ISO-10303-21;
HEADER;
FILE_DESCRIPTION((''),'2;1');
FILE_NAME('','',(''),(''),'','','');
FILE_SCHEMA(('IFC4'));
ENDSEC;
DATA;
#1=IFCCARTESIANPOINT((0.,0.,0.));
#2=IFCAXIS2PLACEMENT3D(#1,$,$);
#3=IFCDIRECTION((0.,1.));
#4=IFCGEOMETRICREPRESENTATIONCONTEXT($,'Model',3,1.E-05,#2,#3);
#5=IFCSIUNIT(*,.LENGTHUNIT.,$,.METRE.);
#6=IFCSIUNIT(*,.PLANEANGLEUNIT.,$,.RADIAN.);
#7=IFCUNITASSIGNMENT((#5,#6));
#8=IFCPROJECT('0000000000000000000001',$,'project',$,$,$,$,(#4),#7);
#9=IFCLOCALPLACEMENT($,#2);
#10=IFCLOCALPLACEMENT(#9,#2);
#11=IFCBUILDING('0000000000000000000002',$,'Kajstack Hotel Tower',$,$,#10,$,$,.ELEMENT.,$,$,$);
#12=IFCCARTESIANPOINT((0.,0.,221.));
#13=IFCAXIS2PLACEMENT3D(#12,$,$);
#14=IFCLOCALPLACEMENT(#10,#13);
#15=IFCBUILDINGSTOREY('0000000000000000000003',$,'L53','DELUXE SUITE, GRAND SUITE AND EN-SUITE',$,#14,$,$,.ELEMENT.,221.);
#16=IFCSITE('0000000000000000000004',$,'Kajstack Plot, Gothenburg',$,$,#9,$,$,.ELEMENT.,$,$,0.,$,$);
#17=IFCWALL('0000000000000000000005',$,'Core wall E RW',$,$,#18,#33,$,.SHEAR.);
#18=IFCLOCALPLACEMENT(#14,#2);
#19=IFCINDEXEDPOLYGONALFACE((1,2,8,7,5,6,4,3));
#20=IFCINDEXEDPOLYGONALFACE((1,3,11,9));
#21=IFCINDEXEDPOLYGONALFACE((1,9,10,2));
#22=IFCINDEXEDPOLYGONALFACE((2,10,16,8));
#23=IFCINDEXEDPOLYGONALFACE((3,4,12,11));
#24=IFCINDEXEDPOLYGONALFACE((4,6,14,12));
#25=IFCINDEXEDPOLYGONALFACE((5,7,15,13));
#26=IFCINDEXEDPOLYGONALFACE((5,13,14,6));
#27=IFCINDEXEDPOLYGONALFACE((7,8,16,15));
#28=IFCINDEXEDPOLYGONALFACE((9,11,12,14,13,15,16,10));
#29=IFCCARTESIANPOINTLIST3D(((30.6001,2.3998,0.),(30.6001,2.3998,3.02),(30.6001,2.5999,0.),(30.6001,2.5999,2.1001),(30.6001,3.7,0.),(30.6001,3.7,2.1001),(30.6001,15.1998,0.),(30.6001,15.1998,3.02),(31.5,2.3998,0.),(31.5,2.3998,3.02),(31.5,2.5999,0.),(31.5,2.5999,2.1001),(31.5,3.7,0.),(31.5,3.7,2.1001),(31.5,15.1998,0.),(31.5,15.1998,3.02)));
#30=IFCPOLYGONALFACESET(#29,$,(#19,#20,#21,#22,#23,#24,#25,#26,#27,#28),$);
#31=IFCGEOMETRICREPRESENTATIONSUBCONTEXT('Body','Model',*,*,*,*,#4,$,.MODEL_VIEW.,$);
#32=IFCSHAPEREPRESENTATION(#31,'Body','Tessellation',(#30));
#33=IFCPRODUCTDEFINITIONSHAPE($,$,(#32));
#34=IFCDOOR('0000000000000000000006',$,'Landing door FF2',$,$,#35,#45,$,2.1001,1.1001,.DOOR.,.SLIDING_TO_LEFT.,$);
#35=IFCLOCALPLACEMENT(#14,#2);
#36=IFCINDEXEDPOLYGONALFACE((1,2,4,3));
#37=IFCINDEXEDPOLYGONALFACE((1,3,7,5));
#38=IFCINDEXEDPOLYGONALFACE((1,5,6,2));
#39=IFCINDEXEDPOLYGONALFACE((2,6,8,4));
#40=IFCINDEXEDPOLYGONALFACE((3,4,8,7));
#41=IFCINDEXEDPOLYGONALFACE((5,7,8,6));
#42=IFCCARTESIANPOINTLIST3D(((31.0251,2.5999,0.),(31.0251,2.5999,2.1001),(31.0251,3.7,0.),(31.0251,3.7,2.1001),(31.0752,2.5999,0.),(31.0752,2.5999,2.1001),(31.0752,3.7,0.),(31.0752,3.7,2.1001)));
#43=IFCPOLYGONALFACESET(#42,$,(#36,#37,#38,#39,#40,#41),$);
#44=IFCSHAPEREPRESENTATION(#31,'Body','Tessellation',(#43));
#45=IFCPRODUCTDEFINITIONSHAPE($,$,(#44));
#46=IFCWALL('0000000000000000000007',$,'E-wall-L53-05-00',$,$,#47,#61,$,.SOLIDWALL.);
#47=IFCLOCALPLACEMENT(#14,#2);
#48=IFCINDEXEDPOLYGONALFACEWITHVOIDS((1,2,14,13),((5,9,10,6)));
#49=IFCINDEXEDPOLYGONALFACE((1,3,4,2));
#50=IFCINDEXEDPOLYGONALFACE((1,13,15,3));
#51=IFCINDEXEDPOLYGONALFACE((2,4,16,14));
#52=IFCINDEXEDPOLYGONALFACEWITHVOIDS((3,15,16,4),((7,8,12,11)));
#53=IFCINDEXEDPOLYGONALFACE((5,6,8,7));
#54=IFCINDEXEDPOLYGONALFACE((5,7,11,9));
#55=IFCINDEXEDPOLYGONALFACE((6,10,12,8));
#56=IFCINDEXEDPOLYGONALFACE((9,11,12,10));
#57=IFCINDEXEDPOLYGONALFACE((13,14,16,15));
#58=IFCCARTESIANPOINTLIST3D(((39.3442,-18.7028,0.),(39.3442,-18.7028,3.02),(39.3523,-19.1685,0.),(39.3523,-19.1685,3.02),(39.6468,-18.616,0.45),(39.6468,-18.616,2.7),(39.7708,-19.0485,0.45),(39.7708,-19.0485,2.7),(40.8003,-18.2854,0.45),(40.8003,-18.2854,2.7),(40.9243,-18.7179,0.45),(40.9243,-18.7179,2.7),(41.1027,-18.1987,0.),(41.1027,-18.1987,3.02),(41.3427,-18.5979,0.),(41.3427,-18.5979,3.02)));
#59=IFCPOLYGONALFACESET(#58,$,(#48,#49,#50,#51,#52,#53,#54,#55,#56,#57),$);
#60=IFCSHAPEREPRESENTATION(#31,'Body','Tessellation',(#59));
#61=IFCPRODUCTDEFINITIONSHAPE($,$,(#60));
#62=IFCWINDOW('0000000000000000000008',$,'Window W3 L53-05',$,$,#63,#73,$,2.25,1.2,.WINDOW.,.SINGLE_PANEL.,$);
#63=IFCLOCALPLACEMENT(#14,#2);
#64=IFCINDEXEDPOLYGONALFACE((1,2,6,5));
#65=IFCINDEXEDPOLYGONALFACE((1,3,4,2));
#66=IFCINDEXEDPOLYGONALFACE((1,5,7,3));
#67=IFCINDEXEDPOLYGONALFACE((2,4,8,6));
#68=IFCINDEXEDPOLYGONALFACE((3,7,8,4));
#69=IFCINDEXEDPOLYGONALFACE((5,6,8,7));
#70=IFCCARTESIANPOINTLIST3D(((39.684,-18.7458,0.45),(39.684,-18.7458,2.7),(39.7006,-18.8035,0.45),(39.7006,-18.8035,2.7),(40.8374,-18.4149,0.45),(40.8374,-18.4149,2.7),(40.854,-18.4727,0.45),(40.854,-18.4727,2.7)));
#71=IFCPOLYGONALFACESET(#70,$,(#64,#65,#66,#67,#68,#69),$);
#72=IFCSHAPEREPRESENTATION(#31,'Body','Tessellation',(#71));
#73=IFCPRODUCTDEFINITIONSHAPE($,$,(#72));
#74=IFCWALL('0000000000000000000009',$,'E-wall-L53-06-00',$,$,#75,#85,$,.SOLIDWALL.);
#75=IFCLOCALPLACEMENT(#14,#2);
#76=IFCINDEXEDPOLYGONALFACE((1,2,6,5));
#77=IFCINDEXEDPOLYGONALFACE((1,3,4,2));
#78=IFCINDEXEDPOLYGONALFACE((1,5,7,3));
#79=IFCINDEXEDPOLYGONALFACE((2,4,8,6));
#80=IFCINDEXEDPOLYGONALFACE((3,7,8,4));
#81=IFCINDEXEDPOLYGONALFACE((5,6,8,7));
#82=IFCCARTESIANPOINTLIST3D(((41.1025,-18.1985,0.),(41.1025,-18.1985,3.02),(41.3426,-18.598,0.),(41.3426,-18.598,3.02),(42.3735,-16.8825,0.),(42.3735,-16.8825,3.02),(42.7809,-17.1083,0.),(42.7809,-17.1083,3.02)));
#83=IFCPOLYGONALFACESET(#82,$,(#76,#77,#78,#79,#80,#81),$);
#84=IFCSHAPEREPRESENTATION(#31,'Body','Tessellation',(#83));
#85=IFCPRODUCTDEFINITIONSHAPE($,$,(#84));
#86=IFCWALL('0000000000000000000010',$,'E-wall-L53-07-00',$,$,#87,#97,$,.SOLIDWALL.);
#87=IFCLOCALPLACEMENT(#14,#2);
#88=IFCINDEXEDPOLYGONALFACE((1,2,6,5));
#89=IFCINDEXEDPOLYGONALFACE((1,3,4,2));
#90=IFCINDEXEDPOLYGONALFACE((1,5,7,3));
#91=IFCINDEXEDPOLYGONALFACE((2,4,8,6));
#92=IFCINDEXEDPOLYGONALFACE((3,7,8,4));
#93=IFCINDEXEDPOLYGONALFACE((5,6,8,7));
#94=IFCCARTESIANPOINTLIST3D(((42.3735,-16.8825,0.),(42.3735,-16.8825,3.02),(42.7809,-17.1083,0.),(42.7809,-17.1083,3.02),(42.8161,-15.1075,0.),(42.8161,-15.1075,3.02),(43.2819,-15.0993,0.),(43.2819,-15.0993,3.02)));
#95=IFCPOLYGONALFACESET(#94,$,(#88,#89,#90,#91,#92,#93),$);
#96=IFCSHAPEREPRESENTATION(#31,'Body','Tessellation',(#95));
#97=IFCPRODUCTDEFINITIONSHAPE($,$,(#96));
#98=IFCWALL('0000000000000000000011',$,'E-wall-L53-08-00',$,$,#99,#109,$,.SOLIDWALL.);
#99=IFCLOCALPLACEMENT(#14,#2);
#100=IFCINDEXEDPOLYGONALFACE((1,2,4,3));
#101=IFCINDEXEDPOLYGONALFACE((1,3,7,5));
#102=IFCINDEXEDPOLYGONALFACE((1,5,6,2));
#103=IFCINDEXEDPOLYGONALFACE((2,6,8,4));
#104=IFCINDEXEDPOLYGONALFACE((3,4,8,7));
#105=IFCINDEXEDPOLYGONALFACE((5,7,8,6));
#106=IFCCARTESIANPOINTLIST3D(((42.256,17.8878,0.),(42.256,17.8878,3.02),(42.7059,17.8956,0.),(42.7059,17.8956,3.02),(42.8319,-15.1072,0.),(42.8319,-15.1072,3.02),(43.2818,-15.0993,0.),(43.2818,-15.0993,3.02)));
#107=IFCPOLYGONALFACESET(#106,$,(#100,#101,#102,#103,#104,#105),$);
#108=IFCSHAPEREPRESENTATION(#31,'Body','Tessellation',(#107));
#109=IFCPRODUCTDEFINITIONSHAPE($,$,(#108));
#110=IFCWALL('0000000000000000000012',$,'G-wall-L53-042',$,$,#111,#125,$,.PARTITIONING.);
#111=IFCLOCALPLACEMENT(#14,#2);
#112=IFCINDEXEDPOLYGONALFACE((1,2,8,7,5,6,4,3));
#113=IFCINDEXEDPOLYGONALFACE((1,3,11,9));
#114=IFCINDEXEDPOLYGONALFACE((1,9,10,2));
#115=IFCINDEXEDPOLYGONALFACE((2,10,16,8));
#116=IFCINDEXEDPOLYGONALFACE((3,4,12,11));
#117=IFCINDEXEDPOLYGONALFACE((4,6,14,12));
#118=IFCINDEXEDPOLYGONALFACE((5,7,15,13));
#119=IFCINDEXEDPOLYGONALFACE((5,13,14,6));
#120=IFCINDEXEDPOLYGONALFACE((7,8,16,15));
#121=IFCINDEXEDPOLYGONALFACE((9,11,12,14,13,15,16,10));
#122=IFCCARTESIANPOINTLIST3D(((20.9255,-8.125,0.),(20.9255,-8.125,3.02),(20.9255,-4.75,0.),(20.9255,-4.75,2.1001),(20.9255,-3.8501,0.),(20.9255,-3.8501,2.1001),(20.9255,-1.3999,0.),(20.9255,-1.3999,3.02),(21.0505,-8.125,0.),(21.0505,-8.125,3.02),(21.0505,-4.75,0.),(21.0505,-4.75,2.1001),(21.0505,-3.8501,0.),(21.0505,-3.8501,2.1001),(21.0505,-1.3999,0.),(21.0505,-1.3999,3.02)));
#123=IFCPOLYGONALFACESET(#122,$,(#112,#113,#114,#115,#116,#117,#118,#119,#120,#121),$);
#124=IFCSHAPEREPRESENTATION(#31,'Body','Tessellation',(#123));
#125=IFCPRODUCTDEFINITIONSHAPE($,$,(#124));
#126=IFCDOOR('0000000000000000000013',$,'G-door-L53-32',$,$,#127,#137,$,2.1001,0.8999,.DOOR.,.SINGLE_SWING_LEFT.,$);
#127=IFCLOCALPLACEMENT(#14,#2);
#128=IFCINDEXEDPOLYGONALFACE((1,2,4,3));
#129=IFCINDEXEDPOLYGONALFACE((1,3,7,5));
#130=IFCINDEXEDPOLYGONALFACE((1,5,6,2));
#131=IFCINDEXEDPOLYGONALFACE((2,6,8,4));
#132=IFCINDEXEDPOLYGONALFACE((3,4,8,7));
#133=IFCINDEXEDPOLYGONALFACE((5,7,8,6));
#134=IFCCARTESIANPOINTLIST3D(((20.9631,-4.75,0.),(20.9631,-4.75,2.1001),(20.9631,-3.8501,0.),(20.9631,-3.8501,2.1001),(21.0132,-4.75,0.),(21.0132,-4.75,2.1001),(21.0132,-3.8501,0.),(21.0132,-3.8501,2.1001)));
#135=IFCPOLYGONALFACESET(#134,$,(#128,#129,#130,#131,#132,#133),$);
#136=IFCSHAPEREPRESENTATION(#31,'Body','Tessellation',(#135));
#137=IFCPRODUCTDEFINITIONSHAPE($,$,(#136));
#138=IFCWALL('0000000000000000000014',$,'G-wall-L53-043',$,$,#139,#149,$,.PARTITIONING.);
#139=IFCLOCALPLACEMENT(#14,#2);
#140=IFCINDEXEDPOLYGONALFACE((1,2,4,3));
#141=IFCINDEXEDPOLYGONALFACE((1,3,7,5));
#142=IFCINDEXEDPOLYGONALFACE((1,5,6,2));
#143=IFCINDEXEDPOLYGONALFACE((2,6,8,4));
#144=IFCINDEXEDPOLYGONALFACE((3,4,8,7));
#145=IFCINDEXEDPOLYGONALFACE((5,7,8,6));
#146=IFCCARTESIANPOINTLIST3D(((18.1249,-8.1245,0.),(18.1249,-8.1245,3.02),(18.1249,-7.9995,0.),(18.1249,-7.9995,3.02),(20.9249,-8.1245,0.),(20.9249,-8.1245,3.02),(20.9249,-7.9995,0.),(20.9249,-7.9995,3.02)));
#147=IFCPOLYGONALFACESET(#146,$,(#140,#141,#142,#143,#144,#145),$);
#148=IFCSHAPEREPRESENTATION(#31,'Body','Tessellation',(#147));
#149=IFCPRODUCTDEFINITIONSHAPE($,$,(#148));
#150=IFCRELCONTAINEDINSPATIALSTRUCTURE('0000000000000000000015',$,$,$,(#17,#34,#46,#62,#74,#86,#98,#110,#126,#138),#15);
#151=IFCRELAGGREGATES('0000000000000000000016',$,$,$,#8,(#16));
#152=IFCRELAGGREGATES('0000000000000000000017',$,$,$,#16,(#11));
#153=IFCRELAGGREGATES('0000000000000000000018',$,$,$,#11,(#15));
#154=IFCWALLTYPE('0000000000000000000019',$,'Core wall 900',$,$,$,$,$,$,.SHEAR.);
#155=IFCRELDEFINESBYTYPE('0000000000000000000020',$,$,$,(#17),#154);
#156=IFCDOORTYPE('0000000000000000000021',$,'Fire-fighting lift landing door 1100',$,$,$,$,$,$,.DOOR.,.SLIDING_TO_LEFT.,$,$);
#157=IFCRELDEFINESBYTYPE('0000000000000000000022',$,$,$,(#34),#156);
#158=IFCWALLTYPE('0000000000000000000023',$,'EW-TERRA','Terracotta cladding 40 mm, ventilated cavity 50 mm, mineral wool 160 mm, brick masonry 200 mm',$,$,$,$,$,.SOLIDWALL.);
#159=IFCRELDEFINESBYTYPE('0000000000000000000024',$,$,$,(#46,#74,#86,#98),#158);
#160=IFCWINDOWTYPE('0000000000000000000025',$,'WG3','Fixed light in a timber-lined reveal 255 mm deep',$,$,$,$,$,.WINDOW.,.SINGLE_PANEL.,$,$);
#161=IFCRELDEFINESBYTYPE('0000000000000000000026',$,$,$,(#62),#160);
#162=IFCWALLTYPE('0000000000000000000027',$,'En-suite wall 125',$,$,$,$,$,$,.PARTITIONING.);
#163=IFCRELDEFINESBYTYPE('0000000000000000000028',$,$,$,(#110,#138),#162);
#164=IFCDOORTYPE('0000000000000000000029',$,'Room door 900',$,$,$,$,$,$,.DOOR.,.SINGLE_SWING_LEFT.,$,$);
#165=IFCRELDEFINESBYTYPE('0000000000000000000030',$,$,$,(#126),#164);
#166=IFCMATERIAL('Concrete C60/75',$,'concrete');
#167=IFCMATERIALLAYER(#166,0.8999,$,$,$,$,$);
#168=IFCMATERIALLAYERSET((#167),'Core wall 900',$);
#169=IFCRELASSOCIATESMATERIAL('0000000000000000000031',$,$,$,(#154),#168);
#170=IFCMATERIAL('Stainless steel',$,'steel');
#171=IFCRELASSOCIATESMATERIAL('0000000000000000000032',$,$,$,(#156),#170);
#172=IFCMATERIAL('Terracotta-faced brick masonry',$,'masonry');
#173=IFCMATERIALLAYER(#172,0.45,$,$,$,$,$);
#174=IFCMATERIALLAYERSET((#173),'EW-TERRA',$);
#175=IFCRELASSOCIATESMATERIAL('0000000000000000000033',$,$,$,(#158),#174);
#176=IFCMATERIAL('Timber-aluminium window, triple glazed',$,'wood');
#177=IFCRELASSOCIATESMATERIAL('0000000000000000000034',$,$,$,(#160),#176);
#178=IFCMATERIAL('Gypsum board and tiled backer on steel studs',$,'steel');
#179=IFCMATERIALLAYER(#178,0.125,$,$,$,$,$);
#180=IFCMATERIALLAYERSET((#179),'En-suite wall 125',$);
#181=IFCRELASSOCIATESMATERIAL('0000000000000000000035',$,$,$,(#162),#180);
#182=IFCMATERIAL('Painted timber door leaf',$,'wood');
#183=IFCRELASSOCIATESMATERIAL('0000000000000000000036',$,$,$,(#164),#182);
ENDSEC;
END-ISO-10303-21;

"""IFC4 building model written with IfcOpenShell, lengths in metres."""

from ifc_helpers import new_model, si_unit, direction, frame, frame_2d, origin, place, context, subcontext, project, spatial, polyline, rectangle, outline, extrude, material, layer, layer_set, type_object, element, fill, save


model = new_model("IFC4")

# Units and contexts
model_context = context("Model", 3, precision=1e-05, world=origin(), true_north=direction((0.0, 1.0)))
body_context = subcontext(model_context, "Body", "Model", "MODEL_VIEW")
ifc_project = project(units=[si_unit("LENGTHUNIT", "METRE"), si_unit("PLANEANGLEUNIT", "RADIAN")], contexts=[model_context])

# Site, building, storey
site_placement = place(None, origin())
site = spatial("IfcSite", under=ifc_project, at=site_placement, Name="Kajstack Plot, Gothenburg", CompositionType="ELEMENT", RefElevation=0.0)
building_placement = place(site_placement, origin())
building = spatial("IfcBuilding", under=site, at=building_placement, Name="Kajstack Hotel Tower", CompositionType="ELEMENT")
storey_placement = place(building_placement, frame((0.0, 0.0, 221.0)))
storey = spatial("IfcBuildingStorey", under=building, at=storey_placement, Name="L53", Description="DELUXE SUITE, GRAND SUITE AND EN-SUITE", CompositionType="ELEMENT", Elevation=221.0)

# Wall, opening, door
ifc_material_1 = material(Name="Concrete C60/75", Category="concrete")
ifc_layer_1 = layer(ifc_material_1, 0.8999)
ifc_layer_set_1 = layer_set([ifc_layer_1], Name="Core wall 900")
wall_type_1 = type_object("IfcWallType", Name="Core wall 900", PredefinedType="SHEAR", material=ifc_layer_set_1)
wall_1_placement = place(storey_placement, frame((31.05, 2.3999, 0.0), z_axis=(0.0, 0.0, 1.0), x_axis=(0.0, 1.0, 0.0)))
wall_1 = element("IfcWall", 1, at=wall_1_placement, inside=storey, type_object=wall_type_1, Name="Core wall E RW", PredefinedType="SHEAR", context=body_context, shape_type="SweptSolid", body=[
    extrude(rectangle(XDim=12.8, YDim=0.8999, at=frame_2d((6.3999, 0.0))), origin(), (0.0, 0.0, 1.0), 3.02),
])
opening_1_placement = place(wall_1_placement, frame((0.2, 0.0, 0.0)))
opening_1 = element("IfcOpeningElement", 2, at=opening_1_placement, cuts=wall_1, PredefinedType="OPENING", context=body_context, shape_type="SweptSolid", body=[
    extrude(rectangle(XDim=1.1001, YDim=2.1001, at=frame_2d((0.55, 1.05))), frame((0.0, 0.46, 0.0), z_axis=(0.0, -1.0, 0.0), x_axis=(1.0, 0.0, 0.0)), (0.0, 0.0, 1.0), 0.9199),
])
ifc_material_2 = material(Name="Stainless steel", Category="steel")
door_type_1 = type_object("IfcDoorType", Name="Fire-fighting lift landing door 1100", OperationType="SLIDING_TO_LEFT", PredefinedType="DOOR", material=ifc_material_2)
door_1_placement = place(opening_1_placement, origin())
door_1 = element("IfcDoor", 3, at=door_1_placement, inside=storey, type_object=door_type_1, Name="Landing door FF2", OperationType="SLIDING_TO_LEFT", OverallHeight=2.1001, OverallWidth=1.1001, PredefinedType="DOOR", context=body_context, shape_type="SweptSolid", body=[
    extrude(rectangle(XDim=1.1001, YDim=2.1001, at=frame_2d((0.55, 1.05))), frame((0.0, 0.0249, 0.0), z_axis=(0.0, -1.0, 0.0), x_axis=(1.0, 0.0, 0.0)), (0.0, 0.0, 1.0), 0.05),
])
fill(opening_1, door_1)

# Wall, opening, window
ifc_material_3 = material(Name="Terracotta-faced brick masonry", Category="masonry")
ifc_layer_2 = layer(ifc_material_3, 0.45)
ifc_layer_set_2 = layer_set([ifc_layer_2], Name="EW-TERRA")
wall_type_2 = type_object("IfcWallType", Name="EW-TERRA", Description="Terracotta cladding 40 mm, ventilated cavity 50 mm, mineral wool 160 mm, brick masonry 200 mm", PredefinedType="SOLIDWALL", material=ifc_layer_set_2)
wall_2_placement = place(storey_placement, frame((39.2903, -18.9524, 0.0), z_axis=(0.0, 0.0, 1.0), x_axis=(0.961248, 0.275687, 0.0)))
wall_2 = element("IfcWall", 4, at=wall_2_placement, inside=storey, type_object=wall_type_2, Name="E-wall-L53-05-00", PredefinedType="SOLIDWALL", context=body_context, shape_type="SweptSolid", body=[
    extrude(outline(polyline([(0.0, -0.2249), (2.0706, -0.2251), (1.95, 0.2249), (0.1206, 0.2251), (0.0, -0.2249)])), origin(), (0.0, 0.0, 1.0), 3.02),
])
opening_2_placement = place(wall_2_placement, frame((0.4353, 0.0, 0.45)))
opening_2 = element("IfcOpeningElement", 5, at=opening_2_placement, cuts=wall_2, PredefinedType="OPENING", context=body_context, shape_type="SweptSolid", body=[
    extrude(rectangle(XDim=1.2, YDim=2.25, at=frame_2d((0.6001, 1.125))), frame((0.0, 0.2349, 0.0), z_axis=(0.0, -1.0, 0.0), x_axis=(1.0, 0.0, 0.0)), (0.0, 0.0, 1.0), 0.47),
])
ifc_material_4 = material(Name="Timber-aluminium window, triple glazed", Category="wood")
window_type = type_object("IfcWindowType", Name="WG3", Description="Fixed light in a timber-lined reveal 255 mm deep", PartitioningType="SINGLE_PANEL", PredefinedType="WINDOW", material=ifc_material_4)
window_placement = place(opening_2_placement, origin())
window = element("IfcWindow", 6, at=window_placement, inside=storey, type_object=window_type, Name="Window W3 L53-05", OverallHeight=2.25, OverallWidth=1.2, PartitioningType="SINGLE_PANEL", PredefinedType="WINDOW", context=body_context, shape_type="SweptSolid", body=[
    extrude(rectangle(XDim=1.2, YDim=2.25, at=frame_2d((0.6001, 1.125))), frame((0.0, 0.0901, 0.0), z_axis=(0.0, -1.0, 0.0), x_axis=(1.0, 0.0, 0.0)), (0.0, 0.0, 1.0), 0.0601),
])
fill(opening_2, window)

# Walls
wall_3_placement = place(storey_placement, frame((41.1807, -18.4417, 0.0), z_axis=(0.0, 0.0, 1.0), x_axis=(0.694679, 0.71932, 0.0)))
element("IfcWall", 7, at=wall_3_placement, inside=storey, type_object=wall_type_2, Name="E-wall-L53-06-00", PredefinedType="SOLIDWALL", context=body_context, shape_type="SweptSolid", body=[
    extrude(outline(polyline([(0.0, -0.2251), (2.0708, -0.2249), (1.9502, 0.2251), (0.1206, 0.2251), (0.0, -0.2251)])), origin(), (0.0, 0.0, 1.0), 3.02),
])
wall_4_placement = place(storey_placement, frame((42.5627, -17.054, 0.0), z_axis=(0.0, 0.0, 1.0), x_axis=(0.241842, 0.970316, 0.0)))
element("IfcWall", 8, at=wall_4_placement, inside=storey, type_object=wall_type_2, Name="E-wall-L53-07-00", PredefinedType="SOLIDWALL", context=body_context, shape_type="SweptSolid", body=[
    extrude(outline(polyline([(0.0, -0.2249), (2.0706, -0.2251), (1.95, 0.2249), (0.1206, 0.2251), (0.0, -0.2249)])), origin(), (0.0, 0.0, 1.0), 3.02),
])
wall_5_placement = place(storey_placement, frame((43.0569, -15.1033, 0.0), z_axis=(0.0, 0.0, 1.0), x_axis=(-0.017452, 0.999848, 0.0)))
element("IfcWall", 9, at=wall_5_placement, inside=storey, type_object=wall_type_2, Name="E-wall-L53-08-00", PredefinedType="SOLIDWALL", context=body_context, shape_type="SweptSolid", body=[
    extrude(rectangle(XDim=33.0, YDim=0.45, at=frame_2d((16.5, 0.0))), origin(), (0.0, 0.0, 1.0), 3.02),
])

# Wall, opening, door
ifc_material_5 = material(Name="Gypsum board and tiled backer on steel studs", Category="steel")
ifc_layer_3 = layer(ifc_material_5, 0.125)
ifc_layer_set_3 = layer_set([ifc_layer_3], Name="En-suite wall 125")
wall_type_3 = type_object("IfcWallType", Name="En-suite wall 125", PredefinedType="PARTITIONING", material=ifc_layer_set_3)
wall_6_placement = place(storey_placement, frame((20.988, -8.125, 0.0), z_axis=(0.0, 0.0, 1.0), x_axis=(0.0, 1.0, 0.0)))
wall_6 = element("IfcWall", 10, at=wall_6_placement, inside=storey, type_object=wall_type_3, Name="G-wall-L53-042", PredefinedType="PARTITIONING", context=body_context, shape_type="SweptSolid", body=[
    extrude(rectangle(XDim=6.7251, YDim=0.125, at=frame_2d((3.3625, 0.0))), origin(), (0.0, 0.0, 1.0), 3.02),
])
opening_3_placement = place(wall_6_placement, frame((3.375, 0.0, 0.0)))
opening_3 = element("IfcOpeningElement", 11, at=opening_3_placement, cuts=wall_6, PredefinedType="OPENING", context=body_context, shape_type="SweptSolid", body=[
    extrude(rectangle(XDim=0.8999, YDim=2.1001, at=frame_2d((0.45, 1.05))), frame((0.0, 0.0725, 0.0), z_axis=(0.0, -1.0, 0.0), x_axis=(1.0, 0.0, 0.0)), (0.0, 0.0, 1.0), 0.145),
])
ifc_material_6 = material(Name="Painted timber door leaf", Category="wood")
door_type_2 = type_object("IfcDoorType", Name="Room door 900", OperationType="SINGLE_SWING_LEFT", PredefinedType="DOOR", material=ifc_material_6)
door_2_placement = place(opening_3_placement, origin())
door_2 = element("IfcDoor", 12, at=door_2_placement, inside=storey, type_object=door_type_2, Name="G-door-L53-32", OperationType="SINGLE_SWING_LEFT", OverallHeight=2.1001, OverallWidth=0.8999, PredefinedType="DOOR", context=body_context, shape_type="SweptSolid", body=[
    extrude(rectangle(XDim=0.8999, YDim=2.1001, at=frame_2d((0.45, 1.05))), frame((0.0, 0.0249, 0.0), z_axis=(0.0, -1.0, 0.0), x_axis=(1.0, 0.0, 0.0)), (0.0, 0.0, 1.0), 0.05),
])
fill(opening_3, door_2)

# Wall
wall_7_placement = place(storey_placement, frame((18.125, -8.062, 0.0), z_axis=(0.0, 0.0, 1.0), x_axis=(1.0, 0.0, 0.0)))
element("IfcWall", 13, at=wall_7_placement, inside=storey, type_object=wall_type_3, Name="G-wall-L53-043", PredefinedType="PARTITIONING", context=body_context, shape_type="SweptSolid", body=[
    extrude(rectangle(XDim=2.8, YDim=0.125, at=frame_2d((1.3999, 0.0))), origin(), (0.0, 0.0, 1.0), 3.02),
])

save(model, "model.ifc")
